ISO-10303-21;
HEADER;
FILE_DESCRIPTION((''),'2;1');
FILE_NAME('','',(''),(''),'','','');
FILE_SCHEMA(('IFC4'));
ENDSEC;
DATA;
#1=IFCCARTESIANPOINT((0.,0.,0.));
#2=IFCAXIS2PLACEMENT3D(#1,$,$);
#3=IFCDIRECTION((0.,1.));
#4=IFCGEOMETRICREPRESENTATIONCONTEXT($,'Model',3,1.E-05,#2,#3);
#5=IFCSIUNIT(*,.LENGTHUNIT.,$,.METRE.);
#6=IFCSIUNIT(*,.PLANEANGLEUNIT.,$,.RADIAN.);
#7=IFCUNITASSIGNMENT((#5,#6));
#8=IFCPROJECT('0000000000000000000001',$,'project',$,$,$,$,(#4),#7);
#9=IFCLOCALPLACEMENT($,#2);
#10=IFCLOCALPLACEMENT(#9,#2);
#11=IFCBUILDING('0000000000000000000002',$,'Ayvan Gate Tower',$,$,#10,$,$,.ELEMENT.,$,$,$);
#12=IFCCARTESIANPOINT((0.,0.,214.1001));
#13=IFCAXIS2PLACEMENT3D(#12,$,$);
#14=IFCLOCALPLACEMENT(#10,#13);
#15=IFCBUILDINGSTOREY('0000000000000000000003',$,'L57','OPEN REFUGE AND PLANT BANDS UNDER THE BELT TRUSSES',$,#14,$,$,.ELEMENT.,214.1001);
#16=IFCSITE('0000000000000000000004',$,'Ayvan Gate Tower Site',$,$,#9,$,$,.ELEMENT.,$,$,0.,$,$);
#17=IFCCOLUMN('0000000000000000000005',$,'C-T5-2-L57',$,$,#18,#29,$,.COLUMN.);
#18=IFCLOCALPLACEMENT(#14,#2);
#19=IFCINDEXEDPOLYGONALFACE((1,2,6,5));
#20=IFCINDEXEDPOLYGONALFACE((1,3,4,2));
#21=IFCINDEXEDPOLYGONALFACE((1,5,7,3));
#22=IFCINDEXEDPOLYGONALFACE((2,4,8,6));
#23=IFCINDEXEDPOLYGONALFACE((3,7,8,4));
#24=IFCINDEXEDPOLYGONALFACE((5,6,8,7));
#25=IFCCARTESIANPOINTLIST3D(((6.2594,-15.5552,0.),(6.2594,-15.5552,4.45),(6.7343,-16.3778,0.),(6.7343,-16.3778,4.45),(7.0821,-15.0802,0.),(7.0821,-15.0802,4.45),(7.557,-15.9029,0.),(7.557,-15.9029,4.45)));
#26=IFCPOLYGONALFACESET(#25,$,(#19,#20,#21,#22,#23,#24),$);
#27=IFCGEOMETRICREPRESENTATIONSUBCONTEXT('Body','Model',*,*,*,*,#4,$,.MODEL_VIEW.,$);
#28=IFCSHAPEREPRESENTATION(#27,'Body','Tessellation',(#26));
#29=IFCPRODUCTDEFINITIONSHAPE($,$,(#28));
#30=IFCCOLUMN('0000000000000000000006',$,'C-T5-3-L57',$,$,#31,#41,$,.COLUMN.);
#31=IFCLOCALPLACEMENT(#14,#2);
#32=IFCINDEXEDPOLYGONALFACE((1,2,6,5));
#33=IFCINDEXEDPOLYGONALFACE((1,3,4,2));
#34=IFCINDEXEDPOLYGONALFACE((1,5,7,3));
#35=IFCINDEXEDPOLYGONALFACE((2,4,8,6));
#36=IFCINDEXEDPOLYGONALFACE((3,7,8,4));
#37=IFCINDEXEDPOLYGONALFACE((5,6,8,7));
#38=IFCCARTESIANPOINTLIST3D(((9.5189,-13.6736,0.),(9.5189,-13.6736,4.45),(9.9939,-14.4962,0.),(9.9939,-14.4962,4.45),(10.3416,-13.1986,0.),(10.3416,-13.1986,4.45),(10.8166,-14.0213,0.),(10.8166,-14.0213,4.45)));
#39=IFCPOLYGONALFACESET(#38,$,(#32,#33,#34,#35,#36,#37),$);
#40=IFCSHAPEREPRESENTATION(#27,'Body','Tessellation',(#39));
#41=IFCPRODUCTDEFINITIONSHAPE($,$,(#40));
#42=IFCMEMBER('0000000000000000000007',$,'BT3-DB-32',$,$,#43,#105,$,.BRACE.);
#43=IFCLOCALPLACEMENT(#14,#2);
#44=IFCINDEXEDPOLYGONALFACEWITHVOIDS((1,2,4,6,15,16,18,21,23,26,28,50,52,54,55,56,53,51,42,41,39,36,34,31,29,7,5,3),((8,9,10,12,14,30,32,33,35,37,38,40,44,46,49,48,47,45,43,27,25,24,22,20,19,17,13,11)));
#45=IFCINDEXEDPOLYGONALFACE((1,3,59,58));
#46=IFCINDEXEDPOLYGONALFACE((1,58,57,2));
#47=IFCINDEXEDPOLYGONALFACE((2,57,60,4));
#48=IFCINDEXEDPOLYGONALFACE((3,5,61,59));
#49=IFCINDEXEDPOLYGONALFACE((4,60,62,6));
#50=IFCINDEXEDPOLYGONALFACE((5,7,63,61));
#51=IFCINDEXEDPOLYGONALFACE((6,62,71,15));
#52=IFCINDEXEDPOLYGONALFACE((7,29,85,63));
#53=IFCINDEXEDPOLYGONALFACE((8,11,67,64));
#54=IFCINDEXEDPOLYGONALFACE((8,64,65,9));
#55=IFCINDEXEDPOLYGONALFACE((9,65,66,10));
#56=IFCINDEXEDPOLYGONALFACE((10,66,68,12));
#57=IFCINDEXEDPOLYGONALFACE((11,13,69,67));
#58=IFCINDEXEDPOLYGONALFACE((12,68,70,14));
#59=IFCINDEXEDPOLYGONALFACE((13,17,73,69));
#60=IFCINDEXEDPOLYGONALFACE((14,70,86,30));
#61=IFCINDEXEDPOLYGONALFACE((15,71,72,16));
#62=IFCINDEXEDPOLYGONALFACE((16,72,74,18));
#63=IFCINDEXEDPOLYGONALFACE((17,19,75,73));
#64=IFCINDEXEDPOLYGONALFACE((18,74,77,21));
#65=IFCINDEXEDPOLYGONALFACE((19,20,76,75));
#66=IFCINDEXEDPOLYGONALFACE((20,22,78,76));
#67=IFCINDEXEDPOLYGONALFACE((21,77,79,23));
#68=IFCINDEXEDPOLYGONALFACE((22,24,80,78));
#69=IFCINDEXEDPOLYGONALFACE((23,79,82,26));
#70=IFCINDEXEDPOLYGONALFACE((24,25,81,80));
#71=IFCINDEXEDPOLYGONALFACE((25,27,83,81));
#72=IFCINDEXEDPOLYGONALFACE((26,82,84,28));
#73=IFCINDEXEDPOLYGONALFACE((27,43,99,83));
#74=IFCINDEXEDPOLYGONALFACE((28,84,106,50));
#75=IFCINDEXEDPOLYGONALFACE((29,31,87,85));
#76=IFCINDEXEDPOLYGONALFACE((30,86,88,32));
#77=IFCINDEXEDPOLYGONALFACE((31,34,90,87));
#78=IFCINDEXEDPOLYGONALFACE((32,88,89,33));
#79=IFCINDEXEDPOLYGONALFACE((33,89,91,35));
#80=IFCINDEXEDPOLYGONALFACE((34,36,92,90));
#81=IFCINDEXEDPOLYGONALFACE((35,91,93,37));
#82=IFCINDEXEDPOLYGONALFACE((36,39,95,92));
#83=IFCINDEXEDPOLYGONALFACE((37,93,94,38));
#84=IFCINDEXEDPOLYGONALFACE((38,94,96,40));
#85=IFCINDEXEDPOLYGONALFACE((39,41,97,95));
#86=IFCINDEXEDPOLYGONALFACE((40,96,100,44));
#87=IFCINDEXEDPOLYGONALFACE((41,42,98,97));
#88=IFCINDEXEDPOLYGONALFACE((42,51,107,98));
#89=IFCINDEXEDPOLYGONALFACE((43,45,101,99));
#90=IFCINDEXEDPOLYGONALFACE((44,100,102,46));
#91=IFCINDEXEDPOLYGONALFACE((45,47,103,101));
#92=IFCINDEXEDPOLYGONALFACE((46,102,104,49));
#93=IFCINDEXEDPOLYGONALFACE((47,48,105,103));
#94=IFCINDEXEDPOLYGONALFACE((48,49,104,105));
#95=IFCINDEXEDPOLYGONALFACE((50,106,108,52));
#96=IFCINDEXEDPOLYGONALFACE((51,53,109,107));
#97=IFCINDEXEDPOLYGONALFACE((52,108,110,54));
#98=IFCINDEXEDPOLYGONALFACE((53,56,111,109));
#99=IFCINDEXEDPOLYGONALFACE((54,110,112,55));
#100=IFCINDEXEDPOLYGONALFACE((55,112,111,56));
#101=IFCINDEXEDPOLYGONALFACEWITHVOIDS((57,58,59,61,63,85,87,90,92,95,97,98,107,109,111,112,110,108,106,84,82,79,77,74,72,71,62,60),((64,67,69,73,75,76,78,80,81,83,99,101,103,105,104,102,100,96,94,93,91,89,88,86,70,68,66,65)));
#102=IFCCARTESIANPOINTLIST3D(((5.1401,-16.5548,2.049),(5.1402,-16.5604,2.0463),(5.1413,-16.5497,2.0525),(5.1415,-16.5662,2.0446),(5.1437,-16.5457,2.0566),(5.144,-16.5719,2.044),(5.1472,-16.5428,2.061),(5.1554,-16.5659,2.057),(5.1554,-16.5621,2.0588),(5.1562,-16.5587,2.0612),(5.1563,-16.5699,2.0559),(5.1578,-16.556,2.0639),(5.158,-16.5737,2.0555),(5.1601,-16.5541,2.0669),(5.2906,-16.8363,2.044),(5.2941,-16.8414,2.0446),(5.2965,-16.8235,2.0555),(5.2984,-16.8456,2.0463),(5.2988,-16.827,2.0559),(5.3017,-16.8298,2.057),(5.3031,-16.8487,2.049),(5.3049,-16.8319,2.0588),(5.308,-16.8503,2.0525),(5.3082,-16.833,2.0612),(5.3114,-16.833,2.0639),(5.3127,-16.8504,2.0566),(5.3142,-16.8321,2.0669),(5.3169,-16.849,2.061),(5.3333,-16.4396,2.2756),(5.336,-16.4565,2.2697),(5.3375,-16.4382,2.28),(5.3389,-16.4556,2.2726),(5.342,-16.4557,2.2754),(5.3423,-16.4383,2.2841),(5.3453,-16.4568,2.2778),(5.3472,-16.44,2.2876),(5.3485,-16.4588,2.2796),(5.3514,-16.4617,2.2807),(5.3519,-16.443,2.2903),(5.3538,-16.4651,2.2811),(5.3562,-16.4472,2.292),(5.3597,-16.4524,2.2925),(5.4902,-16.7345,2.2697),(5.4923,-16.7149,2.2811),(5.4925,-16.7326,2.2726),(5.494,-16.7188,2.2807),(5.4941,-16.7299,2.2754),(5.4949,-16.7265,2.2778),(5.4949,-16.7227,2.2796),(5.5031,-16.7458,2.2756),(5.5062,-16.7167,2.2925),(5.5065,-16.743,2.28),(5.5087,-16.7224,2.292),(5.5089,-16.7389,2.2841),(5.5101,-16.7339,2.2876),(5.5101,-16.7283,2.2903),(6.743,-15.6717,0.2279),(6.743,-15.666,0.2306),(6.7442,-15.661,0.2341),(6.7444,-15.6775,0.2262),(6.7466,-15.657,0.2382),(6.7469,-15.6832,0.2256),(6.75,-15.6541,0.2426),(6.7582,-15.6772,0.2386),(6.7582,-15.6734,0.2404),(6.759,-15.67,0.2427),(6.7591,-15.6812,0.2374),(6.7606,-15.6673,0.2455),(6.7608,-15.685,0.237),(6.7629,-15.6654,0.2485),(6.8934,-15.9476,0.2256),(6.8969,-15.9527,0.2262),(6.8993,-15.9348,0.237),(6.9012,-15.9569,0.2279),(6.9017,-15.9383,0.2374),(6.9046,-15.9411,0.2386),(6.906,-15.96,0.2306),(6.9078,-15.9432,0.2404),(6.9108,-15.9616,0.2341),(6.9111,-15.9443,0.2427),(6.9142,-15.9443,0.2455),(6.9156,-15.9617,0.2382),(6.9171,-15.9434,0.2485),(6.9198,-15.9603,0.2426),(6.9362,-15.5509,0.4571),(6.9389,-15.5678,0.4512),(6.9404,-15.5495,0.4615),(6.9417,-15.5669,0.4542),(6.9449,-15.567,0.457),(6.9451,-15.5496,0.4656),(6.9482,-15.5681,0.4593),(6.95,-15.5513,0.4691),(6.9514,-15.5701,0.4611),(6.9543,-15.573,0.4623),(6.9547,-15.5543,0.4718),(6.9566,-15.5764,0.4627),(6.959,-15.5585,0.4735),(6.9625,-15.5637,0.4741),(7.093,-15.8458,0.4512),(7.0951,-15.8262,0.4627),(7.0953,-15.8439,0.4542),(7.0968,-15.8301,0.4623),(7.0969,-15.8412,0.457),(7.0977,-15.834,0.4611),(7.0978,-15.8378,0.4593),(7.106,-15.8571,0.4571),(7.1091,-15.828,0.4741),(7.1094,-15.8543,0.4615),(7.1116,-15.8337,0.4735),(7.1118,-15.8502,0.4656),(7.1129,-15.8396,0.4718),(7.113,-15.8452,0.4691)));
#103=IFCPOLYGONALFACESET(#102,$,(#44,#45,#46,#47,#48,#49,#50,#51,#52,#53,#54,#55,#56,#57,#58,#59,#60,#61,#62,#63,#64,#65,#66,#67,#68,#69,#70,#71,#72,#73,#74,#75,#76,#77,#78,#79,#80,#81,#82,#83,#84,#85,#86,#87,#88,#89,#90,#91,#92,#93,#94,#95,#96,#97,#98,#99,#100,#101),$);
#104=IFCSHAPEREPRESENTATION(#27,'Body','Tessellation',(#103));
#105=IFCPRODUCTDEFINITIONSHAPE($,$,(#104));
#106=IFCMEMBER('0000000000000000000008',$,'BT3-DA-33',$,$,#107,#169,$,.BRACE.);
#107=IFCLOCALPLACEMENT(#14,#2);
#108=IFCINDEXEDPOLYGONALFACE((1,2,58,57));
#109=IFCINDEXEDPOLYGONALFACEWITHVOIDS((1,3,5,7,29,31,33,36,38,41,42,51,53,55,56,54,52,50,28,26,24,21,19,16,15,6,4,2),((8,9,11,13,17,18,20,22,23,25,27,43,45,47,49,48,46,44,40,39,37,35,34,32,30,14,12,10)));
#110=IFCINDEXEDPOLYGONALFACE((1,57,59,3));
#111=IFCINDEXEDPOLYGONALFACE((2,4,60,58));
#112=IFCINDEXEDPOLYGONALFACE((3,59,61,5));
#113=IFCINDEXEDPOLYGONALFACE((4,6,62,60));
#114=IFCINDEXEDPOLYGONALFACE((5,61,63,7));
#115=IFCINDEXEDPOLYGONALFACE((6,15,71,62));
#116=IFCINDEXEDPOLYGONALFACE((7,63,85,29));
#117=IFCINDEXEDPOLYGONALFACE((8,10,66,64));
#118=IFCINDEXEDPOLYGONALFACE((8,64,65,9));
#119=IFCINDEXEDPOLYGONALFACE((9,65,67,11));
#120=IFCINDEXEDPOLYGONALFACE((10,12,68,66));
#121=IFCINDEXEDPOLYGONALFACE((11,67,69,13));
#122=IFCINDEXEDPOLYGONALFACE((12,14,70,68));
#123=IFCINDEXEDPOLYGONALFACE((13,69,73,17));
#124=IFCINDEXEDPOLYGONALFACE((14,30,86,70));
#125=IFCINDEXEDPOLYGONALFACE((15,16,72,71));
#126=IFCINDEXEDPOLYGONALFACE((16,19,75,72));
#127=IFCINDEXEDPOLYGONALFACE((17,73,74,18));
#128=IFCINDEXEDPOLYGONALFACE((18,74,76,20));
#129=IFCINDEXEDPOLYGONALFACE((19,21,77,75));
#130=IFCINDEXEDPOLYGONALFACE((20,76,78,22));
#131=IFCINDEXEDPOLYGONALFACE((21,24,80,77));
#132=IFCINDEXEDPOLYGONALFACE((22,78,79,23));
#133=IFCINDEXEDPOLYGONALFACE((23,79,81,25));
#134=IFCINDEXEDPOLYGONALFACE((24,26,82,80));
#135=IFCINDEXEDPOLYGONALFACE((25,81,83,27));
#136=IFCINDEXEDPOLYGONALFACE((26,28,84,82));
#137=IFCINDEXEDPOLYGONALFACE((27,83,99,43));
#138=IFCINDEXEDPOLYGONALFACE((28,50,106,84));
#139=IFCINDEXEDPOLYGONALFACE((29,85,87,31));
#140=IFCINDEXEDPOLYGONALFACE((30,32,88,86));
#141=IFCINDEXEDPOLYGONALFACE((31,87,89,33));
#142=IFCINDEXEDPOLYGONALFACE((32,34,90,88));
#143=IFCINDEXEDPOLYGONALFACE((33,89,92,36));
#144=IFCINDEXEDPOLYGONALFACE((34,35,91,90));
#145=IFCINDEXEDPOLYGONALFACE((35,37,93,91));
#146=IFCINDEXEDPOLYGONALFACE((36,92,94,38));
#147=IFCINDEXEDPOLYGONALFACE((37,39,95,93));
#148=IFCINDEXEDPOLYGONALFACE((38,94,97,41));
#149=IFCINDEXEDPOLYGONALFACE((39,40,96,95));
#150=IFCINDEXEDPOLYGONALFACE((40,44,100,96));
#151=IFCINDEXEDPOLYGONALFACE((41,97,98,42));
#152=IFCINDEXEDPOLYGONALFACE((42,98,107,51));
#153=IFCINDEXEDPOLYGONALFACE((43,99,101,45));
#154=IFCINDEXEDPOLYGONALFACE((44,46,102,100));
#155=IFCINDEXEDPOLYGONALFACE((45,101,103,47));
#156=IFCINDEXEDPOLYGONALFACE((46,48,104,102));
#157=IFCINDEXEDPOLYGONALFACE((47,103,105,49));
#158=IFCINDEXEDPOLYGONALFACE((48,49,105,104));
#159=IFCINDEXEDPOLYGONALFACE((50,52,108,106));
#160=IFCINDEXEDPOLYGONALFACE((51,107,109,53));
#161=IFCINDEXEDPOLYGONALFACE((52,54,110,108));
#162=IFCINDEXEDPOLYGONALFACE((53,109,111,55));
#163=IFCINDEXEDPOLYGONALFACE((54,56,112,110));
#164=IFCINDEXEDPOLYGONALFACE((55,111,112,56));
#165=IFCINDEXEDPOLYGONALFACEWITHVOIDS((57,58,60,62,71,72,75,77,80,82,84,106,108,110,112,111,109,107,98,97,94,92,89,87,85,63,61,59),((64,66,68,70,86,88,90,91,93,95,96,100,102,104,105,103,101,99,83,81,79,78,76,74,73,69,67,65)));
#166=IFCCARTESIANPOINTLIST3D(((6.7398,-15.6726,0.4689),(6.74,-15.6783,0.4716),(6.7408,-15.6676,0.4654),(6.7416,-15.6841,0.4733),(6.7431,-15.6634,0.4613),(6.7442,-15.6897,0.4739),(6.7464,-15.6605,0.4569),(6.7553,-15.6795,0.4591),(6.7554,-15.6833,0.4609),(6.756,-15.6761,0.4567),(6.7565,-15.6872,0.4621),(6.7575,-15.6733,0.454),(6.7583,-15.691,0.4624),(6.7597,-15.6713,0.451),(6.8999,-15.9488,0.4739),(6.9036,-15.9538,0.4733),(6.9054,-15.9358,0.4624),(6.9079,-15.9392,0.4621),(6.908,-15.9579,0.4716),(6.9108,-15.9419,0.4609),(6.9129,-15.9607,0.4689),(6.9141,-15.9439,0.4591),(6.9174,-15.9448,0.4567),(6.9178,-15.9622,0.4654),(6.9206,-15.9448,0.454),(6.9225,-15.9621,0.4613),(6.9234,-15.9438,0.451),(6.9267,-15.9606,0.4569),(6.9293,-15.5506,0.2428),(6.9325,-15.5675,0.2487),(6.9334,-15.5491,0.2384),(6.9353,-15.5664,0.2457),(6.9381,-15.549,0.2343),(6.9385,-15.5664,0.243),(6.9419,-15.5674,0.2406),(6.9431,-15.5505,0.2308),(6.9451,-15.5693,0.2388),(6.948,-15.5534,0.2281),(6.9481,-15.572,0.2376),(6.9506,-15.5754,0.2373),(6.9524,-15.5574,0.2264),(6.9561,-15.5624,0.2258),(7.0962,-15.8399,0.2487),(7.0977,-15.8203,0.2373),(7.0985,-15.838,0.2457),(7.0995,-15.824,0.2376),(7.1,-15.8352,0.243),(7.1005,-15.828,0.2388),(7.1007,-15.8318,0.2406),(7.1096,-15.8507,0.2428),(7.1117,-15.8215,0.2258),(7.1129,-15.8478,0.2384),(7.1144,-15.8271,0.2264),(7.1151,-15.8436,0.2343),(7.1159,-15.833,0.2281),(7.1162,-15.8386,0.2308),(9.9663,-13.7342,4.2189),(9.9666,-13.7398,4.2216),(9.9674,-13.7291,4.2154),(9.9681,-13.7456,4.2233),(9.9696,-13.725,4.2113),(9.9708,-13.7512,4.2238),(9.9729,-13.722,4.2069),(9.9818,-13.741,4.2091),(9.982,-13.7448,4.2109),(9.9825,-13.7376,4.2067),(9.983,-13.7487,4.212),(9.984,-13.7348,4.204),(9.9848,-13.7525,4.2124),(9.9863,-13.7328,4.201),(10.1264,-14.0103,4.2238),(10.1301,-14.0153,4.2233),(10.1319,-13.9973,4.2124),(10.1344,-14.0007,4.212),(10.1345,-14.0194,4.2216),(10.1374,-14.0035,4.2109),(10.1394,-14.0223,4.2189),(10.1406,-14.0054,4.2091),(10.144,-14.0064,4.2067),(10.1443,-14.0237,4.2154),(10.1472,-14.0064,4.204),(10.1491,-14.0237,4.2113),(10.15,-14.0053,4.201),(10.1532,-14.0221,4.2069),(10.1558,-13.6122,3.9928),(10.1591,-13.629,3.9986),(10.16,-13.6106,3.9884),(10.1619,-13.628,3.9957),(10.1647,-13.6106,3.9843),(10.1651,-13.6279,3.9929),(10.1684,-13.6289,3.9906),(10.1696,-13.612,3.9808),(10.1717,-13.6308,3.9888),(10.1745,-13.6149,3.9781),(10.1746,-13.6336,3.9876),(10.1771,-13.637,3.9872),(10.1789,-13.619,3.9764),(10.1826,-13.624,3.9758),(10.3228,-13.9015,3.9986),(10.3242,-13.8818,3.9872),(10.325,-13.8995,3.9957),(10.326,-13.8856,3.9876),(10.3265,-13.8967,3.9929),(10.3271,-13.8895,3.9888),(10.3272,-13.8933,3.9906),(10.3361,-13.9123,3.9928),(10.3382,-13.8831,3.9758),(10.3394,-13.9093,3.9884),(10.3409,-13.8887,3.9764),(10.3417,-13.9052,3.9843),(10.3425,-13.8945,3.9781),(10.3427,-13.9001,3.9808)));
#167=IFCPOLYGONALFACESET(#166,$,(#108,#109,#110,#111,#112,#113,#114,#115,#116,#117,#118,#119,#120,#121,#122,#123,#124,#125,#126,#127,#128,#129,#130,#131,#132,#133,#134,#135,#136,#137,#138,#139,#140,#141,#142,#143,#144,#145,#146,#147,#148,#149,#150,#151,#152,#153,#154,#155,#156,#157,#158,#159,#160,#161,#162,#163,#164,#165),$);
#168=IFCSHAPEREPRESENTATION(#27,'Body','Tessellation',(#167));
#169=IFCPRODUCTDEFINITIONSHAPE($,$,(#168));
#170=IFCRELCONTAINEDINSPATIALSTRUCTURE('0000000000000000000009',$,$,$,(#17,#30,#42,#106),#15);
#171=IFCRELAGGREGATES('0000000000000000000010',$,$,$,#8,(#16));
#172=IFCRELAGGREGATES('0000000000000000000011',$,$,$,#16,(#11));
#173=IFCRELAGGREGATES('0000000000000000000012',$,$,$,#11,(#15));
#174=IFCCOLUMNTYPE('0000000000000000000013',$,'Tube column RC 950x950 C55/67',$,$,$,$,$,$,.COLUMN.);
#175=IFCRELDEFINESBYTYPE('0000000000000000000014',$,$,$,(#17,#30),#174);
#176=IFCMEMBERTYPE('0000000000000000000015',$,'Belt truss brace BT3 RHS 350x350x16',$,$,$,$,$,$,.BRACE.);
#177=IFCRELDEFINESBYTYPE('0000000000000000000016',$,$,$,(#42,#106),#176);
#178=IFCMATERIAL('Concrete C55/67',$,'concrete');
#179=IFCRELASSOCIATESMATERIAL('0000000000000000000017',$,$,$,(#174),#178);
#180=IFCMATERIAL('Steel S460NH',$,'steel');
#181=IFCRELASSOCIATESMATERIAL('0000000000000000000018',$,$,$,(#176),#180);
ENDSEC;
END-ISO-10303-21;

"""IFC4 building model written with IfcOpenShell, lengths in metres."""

from ifc_helpers import new_model, si_unit, direction, frame, origin, origin_2d, place, context, subcontext, project, spatial, rectangle, hollow_rectangle, extrude, material, material_profile, profile_set, type_object, element, save


model = new_model("IFC4")

# Units and contexts
model_context = context("Model", 3, precision=1e-05, world=origin(), true_north=direction((0.0, 1.0)))
body_context = subcontext(model_context, "Body", "Model", "MODEL_VIEW")
ifc_project = project(units=[si_unit("LENGTHUNIT", "METRE"), si_unit("PLANEANGLEUNIT", "RADIAN")], contexts=[model_context])

# Site, building, storey
site_placement = place(None, origin())
site = spatial("IfcSite", under=ifc_project, at=site_placement, Name="Ayvan Gate Tower Site", CompositionType="ELEMENT", RefElevation=0.0)
building_placement = place(site_placement, origin())
building = spatial("IfcBuilding", under=site, at=building_placement, Name="Ayvan Gate Tower", CompositionType="ELEMENT")
storey_placement = place(building_placement, frame((0.0, 0.0, 214.1001)))
storey = spatial("IfcBuildingStorey", under=building, at=storey_placement, Name="L57", Description="OPEN REFUGE AND PLANT BANDS UNDER THE BELT TRUSSES", CompositionType="ELEMENT", Elevation=214.1001)

# Columns
ifc_material_1 = material(Name="Concrete C55/67", Category="concrete")
ifc_material_profile_1 = material_profile(ifc_material_1, rectangle(XDim=0.95, YDim=0.95, at=origin_2d()), Name="RC 950x950")
ifc_profile_set_1 = profile_set([ifc_material_profile_1], Name="Concrete C55/67")
column_type = type_object("IfcColumnType", Name="Tube column RC 950x950 C55/67", PredefinedType="COLUMN", material=ifc_profile_set_1)
for number, where, z_axis, x_axis, name in (
    (1, (6.9082, -15.729, 0.0), (0.0, 0.0, 1.0), (0.5, -0.866025, 0.0), "C-T5-2-L57"),
    (2, (10.1677, -13.8474, 0.0), (0.0, 0.0, 1.0), (0.5, -0.866025, 0.0), "C-T5-3-L57"),
):
    element("IfcColumn", number, at=place(storey_placement, frame(where, z_axis=z_axis, x_axis=x_axis)), inside=storey, type_object=column_type, Name=name, PredefinedType="COLUMN", context=body_context, shape_type="SweptSolid", body=[
        extrude(rectangle(XDim=0.95, YDim=0.95, at=origin_2d()), origin(), (0.0, 0.0, 1.0), 4.45),
    ])

# Members
ifc_material_2 = material(Name="Steel S460NH", Category="steel")
ifc_material_profile_2 = material_profile(ifc_material_2, hollow_rectangle(XDim=0.3501, YDim=0.3501, WallThickness=0.0161, InnerFilletRadius=0.0161, OuterFilletRadius=0.0239, at=origin_2d()), Name="RHS 350x350x16")
ifc_profile_set_2 = profile_set([ifc_material_profile_2], Name="Steel S460NH")
member_type_1 = type_object("IfcMemberType", Name="Belt truss brace BT3 RHS 350x350x16", PredefinedType="BRACE", material=ifc_profile_set_2)
member_1_placement = place(storey_placement, frame((6.928, -15.7556, 0.3499), z_axis=(-0.620829, -0.344222, 0.704331), x_axis=(0.484908, -0.874565, 0.0)))
element("IfcMember", 3, at=member_1_placement, inside=storey, type_object=member_type_1, Name="BT3-DB-32", PredefinedType="BRACE", context=body_context, shape_type="SweptSolid", body=[
    extrude(hollow_rectangle(XDim=0.3501, YDim=0.3501, WallThickness=0.0161, InnerFilletRadius=0.0161, OuterFilletRadius=0.0239, at=origin_2d()), origin(), (0.0, 0.0, 1.0), 2.5818),
])
member_2_placement = place(storey_placement, frame((6.928, -15.7556, 0.3499), z_axis=(0.607264, 0.364836, 0.705779), x_axis=(-0.514992, 0.857195, 0.0)))
element("IfcMember", 4, at=member_2_placement, inside=storey, type_object=member_type_1, Name="BT3-DA-33", PredefinedType="BRACE", context=body_context, shape_type="SweptSolid", body=[
    extrude(hollow_rectangle(XDim=0.3501, YDim=0.3501, WallThickness=0.0161, InnerFilletRadius=0.0161, OuterFilletRadius=0.0239, at=origin_2d()), origin(), (0.0, 0.0, 1.0), 5.3132),
])

save(model, "model.ifc")
